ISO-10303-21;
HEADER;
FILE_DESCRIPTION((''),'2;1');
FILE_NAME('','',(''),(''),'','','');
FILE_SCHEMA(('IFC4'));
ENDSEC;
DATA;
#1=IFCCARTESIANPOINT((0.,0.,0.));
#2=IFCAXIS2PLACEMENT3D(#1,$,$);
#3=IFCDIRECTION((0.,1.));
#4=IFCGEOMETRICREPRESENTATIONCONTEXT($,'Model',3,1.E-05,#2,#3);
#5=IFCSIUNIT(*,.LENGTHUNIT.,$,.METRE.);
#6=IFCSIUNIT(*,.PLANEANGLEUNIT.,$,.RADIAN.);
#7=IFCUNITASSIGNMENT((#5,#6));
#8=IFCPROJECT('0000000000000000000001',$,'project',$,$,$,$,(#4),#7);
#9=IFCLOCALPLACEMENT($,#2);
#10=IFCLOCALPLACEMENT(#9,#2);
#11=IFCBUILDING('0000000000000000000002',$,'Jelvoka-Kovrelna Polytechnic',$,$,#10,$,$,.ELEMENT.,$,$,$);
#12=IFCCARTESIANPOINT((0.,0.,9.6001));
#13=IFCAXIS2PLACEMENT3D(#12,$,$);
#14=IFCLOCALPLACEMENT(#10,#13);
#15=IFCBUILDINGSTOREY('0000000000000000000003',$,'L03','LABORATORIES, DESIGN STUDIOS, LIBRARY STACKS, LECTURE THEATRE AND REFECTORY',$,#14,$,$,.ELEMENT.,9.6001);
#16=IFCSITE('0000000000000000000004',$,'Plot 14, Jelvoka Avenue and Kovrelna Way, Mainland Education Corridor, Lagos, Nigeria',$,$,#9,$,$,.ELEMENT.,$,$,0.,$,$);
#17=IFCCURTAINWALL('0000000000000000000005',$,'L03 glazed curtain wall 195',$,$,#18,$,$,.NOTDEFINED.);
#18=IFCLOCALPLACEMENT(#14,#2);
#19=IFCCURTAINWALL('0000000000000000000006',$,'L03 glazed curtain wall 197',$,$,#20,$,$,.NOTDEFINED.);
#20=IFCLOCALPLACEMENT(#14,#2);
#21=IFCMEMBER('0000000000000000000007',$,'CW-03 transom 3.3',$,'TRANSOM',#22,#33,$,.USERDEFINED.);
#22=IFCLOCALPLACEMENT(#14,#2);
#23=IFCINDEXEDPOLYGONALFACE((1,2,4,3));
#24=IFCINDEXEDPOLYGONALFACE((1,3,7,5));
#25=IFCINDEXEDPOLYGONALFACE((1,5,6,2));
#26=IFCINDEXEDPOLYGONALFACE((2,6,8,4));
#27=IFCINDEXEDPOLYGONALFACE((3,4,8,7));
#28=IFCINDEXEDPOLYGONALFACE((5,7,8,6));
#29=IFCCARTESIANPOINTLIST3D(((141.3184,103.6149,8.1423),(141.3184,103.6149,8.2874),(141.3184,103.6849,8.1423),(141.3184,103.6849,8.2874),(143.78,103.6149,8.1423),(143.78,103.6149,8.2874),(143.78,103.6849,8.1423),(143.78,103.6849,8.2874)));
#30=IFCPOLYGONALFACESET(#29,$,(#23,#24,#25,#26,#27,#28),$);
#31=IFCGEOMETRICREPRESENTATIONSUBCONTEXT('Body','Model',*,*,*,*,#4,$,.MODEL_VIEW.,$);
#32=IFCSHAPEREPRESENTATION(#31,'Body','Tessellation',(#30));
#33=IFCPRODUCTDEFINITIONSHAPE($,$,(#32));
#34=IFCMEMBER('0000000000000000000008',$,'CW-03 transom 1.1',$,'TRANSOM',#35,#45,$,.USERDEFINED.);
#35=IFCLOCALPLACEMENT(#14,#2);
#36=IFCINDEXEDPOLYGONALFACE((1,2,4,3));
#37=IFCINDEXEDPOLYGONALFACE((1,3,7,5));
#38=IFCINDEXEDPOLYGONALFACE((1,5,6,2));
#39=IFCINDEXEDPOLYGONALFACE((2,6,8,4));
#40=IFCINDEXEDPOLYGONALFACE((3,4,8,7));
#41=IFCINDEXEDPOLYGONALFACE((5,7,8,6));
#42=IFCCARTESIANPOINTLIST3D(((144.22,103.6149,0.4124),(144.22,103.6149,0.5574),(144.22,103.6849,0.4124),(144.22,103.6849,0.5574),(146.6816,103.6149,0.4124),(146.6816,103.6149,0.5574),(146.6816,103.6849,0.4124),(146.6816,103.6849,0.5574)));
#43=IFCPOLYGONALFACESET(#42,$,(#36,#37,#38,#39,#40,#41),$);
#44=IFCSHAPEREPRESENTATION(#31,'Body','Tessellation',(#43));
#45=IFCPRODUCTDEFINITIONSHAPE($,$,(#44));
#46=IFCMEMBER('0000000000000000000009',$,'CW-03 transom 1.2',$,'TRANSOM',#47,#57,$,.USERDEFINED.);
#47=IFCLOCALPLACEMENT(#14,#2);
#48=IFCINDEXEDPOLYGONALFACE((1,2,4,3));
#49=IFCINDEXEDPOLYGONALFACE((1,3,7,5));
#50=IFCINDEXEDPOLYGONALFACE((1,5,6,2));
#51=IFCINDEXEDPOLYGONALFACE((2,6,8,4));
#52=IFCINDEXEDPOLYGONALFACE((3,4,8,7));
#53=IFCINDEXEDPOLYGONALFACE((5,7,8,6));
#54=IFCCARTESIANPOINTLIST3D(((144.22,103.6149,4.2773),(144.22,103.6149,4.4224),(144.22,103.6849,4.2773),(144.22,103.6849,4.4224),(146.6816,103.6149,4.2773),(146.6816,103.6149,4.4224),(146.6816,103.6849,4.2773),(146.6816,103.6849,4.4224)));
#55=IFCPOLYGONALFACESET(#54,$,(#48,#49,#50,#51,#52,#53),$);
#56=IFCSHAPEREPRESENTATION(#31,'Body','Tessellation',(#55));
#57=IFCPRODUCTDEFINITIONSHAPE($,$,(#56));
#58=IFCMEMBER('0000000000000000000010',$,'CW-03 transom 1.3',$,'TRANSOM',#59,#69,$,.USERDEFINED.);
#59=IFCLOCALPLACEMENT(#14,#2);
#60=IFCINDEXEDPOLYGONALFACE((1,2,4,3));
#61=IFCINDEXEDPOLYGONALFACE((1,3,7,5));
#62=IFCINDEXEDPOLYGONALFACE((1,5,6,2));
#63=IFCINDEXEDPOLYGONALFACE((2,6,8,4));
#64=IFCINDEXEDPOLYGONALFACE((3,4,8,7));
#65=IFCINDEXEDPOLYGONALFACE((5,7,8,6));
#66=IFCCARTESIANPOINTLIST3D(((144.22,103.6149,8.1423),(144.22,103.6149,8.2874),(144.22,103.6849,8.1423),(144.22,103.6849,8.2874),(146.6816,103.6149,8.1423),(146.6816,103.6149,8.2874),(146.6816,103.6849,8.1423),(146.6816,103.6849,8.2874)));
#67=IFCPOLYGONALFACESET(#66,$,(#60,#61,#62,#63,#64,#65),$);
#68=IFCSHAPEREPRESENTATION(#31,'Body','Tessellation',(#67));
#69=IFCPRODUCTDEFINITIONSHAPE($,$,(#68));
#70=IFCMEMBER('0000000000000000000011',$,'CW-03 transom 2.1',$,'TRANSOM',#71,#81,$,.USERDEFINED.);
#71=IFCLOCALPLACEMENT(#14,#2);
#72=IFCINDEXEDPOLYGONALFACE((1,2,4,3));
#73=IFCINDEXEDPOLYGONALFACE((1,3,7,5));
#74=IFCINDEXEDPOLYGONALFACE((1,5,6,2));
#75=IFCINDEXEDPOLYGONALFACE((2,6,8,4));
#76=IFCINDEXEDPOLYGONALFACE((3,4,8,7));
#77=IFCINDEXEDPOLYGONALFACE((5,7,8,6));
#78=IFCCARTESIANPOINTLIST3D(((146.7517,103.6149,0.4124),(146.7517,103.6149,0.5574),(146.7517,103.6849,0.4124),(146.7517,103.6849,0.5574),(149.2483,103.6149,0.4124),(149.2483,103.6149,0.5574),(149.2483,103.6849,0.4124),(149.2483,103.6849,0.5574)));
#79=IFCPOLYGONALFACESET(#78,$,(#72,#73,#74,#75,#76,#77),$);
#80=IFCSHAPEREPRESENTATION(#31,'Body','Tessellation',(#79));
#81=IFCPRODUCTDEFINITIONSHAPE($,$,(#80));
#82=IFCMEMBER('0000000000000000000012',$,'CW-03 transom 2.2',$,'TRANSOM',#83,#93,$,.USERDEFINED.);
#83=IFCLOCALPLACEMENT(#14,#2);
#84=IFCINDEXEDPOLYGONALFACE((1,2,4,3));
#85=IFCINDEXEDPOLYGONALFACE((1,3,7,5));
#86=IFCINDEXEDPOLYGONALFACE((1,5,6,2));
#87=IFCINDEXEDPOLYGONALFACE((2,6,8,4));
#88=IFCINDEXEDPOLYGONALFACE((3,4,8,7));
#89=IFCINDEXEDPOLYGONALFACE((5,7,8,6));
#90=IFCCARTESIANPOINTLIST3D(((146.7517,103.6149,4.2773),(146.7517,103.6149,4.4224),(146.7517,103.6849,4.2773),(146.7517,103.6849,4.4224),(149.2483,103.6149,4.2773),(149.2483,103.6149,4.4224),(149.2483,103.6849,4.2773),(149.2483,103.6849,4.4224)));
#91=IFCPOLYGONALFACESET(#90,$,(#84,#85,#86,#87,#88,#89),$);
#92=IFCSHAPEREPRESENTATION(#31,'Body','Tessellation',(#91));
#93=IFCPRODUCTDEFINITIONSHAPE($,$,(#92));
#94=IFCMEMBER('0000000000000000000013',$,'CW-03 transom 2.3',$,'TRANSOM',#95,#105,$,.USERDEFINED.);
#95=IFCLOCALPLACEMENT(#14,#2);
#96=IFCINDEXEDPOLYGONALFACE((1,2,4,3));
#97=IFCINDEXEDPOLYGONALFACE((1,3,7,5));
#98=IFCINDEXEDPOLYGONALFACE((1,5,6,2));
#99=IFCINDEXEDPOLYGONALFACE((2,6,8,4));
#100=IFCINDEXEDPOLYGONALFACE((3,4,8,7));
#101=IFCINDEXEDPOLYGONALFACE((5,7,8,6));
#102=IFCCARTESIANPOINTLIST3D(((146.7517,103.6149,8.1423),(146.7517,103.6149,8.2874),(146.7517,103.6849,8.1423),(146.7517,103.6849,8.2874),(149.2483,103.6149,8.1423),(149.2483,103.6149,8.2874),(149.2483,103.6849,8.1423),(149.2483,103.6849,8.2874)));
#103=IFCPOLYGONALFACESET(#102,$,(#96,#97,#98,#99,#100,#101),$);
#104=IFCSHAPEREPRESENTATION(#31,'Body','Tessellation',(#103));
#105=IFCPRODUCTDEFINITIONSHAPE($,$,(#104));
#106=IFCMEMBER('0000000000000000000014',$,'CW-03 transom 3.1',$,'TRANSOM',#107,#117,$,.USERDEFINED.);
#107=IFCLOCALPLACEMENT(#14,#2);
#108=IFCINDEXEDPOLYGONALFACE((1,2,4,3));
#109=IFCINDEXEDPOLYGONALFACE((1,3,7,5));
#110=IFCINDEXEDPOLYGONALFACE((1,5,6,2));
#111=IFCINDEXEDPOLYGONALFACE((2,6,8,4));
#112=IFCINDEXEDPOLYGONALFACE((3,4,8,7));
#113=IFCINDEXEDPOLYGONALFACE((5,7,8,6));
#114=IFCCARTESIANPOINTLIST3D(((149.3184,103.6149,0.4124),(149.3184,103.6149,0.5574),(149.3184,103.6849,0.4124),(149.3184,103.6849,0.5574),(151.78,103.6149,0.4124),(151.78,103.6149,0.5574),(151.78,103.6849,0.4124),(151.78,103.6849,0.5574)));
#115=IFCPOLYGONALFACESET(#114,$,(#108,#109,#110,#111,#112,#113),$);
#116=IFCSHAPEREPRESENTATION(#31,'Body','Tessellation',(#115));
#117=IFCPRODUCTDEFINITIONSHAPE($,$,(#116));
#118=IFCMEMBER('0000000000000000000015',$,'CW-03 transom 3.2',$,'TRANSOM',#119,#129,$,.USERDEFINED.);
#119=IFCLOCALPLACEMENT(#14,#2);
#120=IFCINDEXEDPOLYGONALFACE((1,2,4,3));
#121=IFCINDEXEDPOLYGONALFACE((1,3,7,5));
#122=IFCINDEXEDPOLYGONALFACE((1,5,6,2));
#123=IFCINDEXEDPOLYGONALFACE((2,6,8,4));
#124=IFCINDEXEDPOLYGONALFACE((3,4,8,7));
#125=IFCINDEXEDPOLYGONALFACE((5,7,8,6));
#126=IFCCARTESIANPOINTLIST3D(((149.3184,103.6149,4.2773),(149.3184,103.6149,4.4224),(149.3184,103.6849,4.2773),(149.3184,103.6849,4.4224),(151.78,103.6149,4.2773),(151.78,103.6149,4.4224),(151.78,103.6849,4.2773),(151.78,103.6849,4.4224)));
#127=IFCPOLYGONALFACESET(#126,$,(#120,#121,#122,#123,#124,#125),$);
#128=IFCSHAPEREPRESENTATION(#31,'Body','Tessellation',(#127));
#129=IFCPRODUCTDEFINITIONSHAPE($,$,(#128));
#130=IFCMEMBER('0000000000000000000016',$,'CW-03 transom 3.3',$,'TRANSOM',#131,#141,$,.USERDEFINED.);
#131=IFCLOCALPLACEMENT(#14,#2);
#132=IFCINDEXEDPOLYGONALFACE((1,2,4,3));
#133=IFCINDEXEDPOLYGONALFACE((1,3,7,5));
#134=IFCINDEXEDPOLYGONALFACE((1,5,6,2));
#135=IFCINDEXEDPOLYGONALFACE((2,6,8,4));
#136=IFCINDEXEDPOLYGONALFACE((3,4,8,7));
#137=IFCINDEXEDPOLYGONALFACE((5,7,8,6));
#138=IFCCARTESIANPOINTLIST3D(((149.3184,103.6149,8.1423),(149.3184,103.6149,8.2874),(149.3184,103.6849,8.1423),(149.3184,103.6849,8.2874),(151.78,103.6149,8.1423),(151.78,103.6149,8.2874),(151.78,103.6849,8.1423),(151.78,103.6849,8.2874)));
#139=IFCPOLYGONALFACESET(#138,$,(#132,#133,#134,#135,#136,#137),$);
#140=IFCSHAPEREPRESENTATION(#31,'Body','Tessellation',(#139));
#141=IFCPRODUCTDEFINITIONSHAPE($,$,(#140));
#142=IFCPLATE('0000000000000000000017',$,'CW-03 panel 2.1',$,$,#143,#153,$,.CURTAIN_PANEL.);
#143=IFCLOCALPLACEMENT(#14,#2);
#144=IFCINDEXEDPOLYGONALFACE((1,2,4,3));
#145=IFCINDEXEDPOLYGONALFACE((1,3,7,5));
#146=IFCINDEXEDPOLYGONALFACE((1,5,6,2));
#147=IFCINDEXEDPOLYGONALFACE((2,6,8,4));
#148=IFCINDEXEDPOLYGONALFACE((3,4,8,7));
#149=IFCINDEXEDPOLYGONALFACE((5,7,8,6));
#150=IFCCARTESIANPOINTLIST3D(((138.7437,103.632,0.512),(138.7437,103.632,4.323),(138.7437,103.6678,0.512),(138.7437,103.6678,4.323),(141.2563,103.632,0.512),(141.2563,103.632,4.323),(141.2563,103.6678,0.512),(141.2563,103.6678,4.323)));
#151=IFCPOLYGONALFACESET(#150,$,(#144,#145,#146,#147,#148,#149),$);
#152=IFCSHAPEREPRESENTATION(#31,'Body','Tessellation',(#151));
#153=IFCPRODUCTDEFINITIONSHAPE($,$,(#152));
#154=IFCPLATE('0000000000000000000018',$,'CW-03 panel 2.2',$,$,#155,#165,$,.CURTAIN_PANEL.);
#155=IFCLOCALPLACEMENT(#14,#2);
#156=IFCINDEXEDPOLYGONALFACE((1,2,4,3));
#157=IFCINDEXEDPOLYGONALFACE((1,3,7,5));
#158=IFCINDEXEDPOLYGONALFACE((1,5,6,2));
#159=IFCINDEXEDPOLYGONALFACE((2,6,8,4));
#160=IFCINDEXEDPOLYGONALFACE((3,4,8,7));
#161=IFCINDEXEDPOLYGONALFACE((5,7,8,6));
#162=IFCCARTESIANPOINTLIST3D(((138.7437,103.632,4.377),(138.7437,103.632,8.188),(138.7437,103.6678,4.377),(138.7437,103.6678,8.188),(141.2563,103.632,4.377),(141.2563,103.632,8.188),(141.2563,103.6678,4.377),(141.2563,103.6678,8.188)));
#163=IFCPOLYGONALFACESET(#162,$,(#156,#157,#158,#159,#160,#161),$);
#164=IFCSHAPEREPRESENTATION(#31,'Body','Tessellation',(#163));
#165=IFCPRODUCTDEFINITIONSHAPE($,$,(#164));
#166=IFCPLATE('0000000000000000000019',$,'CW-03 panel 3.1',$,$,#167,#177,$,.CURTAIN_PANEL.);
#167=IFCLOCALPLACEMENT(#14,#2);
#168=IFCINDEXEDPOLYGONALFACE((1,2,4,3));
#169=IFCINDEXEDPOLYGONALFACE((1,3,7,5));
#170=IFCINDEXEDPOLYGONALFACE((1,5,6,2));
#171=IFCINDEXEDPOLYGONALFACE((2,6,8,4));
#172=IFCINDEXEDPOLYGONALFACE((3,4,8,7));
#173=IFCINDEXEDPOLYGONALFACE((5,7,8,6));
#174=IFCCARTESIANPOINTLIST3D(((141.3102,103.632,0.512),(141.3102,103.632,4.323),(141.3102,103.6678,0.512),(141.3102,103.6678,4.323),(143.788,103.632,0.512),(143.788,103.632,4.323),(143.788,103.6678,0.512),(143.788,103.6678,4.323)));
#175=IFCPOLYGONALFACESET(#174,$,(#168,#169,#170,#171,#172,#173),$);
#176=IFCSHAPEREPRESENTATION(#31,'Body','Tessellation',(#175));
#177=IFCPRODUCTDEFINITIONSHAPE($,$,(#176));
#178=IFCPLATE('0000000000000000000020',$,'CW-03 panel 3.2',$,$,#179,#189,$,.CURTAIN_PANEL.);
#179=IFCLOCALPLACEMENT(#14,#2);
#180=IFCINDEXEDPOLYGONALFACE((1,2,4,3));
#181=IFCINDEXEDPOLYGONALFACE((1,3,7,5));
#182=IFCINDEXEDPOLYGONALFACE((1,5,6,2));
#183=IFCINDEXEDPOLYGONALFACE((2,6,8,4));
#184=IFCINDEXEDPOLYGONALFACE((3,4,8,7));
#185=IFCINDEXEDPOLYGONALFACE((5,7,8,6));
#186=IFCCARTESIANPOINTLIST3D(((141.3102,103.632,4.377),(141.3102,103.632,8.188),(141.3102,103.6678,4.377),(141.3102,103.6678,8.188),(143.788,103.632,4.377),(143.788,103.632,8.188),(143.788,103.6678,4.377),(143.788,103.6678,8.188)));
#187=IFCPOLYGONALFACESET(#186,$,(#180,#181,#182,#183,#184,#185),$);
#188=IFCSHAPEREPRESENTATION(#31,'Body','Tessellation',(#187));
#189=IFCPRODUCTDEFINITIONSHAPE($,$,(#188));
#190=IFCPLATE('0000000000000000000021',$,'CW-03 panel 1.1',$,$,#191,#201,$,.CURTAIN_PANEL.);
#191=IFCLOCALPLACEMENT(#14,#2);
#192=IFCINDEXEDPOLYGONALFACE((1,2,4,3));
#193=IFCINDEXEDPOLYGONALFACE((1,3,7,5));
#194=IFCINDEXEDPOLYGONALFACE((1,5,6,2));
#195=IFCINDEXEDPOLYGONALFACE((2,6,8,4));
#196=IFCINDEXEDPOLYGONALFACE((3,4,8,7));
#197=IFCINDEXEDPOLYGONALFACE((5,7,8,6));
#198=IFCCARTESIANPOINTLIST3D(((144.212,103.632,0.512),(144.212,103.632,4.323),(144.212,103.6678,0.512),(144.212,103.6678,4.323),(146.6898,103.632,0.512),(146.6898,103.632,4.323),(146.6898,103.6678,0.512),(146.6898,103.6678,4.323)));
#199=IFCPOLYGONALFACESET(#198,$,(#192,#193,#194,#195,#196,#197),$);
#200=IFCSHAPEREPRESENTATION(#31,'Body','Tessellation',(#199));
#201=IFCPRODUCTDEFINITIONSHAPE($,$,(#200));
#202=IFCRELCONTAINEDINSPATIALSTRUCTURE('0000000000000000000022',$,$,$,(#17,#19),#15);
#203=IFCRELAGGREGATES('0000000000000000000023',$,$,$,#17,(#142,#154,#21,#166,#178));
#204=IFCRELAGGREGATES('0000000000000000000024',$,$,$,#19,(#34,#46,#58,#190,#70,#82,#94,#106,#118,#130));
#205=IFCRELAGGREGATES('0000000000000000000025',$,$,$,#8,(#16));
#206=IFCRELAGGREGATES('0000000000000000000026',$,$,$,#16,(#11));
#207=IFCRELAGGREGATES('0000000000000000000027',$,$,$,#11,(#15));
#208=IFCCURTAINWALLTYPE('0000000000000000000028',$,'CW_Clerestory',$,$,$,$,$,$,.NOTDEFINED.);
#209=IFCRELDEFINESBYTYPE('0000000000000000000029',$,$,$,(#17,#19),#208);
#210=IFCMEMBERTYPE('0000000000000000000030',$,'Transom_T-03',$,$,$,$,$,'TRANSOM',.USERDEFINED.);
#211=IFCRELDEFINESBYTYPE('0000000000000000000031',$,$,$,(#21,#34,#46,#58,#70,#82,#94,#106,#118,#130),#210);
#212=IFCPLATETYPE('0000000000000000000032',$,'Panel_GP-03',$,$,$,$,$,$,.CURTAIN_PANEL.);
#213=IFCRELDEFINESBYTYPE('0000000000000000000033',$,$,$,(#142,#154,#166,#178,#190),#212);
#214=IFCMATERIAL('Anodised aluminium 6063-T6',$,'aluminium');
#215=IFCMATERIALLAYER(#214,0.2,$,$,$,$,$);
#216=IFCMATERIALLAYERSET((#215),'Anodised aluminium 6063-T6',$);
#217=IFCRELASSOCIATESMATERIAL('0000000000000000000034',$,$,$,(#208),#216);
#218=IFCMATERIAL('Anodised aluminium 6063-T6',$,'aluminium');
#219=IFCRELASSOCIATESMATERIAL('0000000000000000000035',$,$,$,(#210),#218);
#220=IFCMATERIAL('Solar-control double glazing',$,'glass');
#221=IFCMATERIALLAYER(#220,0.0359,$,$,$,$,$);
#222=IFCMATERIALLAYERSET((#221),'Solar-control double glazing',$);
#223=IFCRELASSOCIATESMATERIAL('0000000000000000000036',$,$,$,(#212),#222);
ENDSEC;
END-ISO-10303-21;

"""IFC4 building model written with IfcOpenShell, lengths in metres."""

from ifc_helpers import new_model, si_unit, direction, frame, origin, origin_2d, place, context, subcontext, project, spatial, rectangle, extrude, material, layer, layer_set, material_profile, profile_set, type_object, element, aggregate, save


model = new_model("IFC4")

# Units and contexts
model_context = context("Model", 3, precision=1e-05, world=origin(), true_north=direction((0.0, 1.0)))
body_context = subcontext(model_context, "Body", "Model", "MODEL_VIEW")
ifc_project = project(units=[si_unit("LENGTHUNIT", "METRE"), si_unit("PLANEANGLEUNIT", "RADIAN")], contexts=[model_context])

# Site, building, storey
site_placement = place(None, origin())
site = spatial("IfcSite", under=ifc_project, at=site_placement, Name="Plot 14, Jelvoka Avenue and Kovrelna Way, Mainland Education Corridor, Lagos, Nigeria", CompositionType="ELEMENT", RefElevation=0.0)
building_placement = place(site_placement, origin())
building = spatial("IfcBuilding", under=site, at=building_placement, Name="Jelvoka-Kovrelna Polytechnic", CompositionType="ELEMENT")
storey_placement = place(building_placement, frame((0.0, 0.0, 9.6001)))
storey = spatial("IfcBuildingStorey", under=building, at=storey_placement, Name="L03", Description="LABORATORIES, DESIGN STUDIOS, LIBRARY STACKS, LECTURE THEATRE AND REFECTORY", CompositionType="ELEMENT", Elevation=9.6001)

# Curtain walls
ifc_material_1 = material(Name="Anodised aluminium 6063-T6", Category="aluminium")
ifc_layer_1 = layer(ifc_material_1, 0.2)
ifc_layer_set_1 = layer_set([ifc_layer_1], Name="Anodised aluminium 6063-T6")
curtain_wall_type = type_object("IfcCurtainWallType", Name="CW_Clerestory", PredefinedType="NOTDEFINED", material=ifc_layer_set_1)
curtain_wall_1_placement = place(storey_placement, origin())
curtain_wall_1 = element("IfcCurtainWall", 1, at=curtain_wall_1_placement, inside=storey, type_object=curtain_wall_type, Name="L03 glazed curtain wall 195", PredefinedType="NOTDEFINED")
curtain_wall_2_placement = place(storey_placement, origin())
curtain_wall_2 = element("IfcCurtainWall", 2, at=curtain_wall_2_placement, inside=storey, type_object=curtain_wall_type, Name="L03 glazed curtain wall 197", PredefinedType="NOTDEFINED")

# Members
ifc_material_2 = material(Name="Anodised aluminium 6063-T6", Category="aluminium")
ifc_material_profile_1 = material_profile(ifc_material_2, rectangle(XDim=0.0701, YDim=0.145, at=origin_2d()), Name="ALU 70x145")
ifc_profile_set_1 = profile_set([ifc_material_profile_1], Name="Anodised aluminium 6063-T6")
member_type_1 = type_object("IfcMemberType", Name="Transom_T-03", ElementType="TRANSOM", PredefinedType="USERDEFINED", material=ifc_profile_set_1)
member_1_placement = place(storey_placement, frame((141.3184, 103.6499, 8.2148), z_axis=(1.0, 0.0, 0.0), x_axis=(0.0, 1.0, 0.0)))
member_1 = element("IfcMember", 3, at=member_1_placement, type_object=member_type_1, Name="CW-03 transom 3.3", ObjectType="TRANSOM", PredefinedType="USERDEFINED", context=body_context, shape_type="SweptSolid", body=[
    extrude(rectangle(XDim=0.0701, YDim=0.145, at=origin_2d()), origin(), (0.0, 0.0, 1.0), 2.4617),
])
member_2_placement = place(storey_placement, frame((144.22, 103.6499, 0.4849), z_axis=(1.0, 0.0, 0.0), x_axis=(0.0, 1.0, 0.0)))
member_2 = element("IfcMember", 4, at=member_2_placement, type_object=member_type_1, Name="CW-03 transom 1.1", ObjectType="TRANSOM", PredefinedType="USERDEFINED", context=body_context, shape_type="SweptSolid", body=[
    extrude(rectangle(XDim=0.0701, YDim=0.145, at=origin_2d()), origin(), (0.0, 0.0, 1.0), 2.4617),
])
member_3_placement = place(storey_placement, frame((144.22, 103.6499, 4.3499), z_axis=(1.0, 0.0, 0.0), x_axis=(0.0, 1.0, 0.0)))
member_3 = element("IfcMember", 5, at=member_3_placement, type_object=member_type_1, Name="CW-03 transom 1.2", ObjectType="TRANSOM", PredefinedType="USERDEFINED", context=body_context, shape_type="SweptSolid", body=[
    extrude(rectangle(XDim=0.0701, YDim=0.145, at=origin_2d()), origin(), (0.0, 0.0, 1.0), 2.4617),
])
member_4_placement = place(storey_placement, frame((144.22, 103.6499, 8.2148), z_axis=(1.0, 0.0, 0.0), x_axis=(0.0, 1.0, 0.0)))
member_4 = element("IfcMember", 6, at=member_4_placement, type_object=member_type_1, Name="CW-03 transom 1.3", ObjectType="TRANSOM", PredefinedType="USERDEFINED", context=body_context, shape_type="SweptSolid", body=[
    extrude(rectangle(XDim=0.0701, YDim=0.145, at=origin_2d()), origin(), (0.0, 0.0, 1.0), 2.4617),
])
member_5_placement = place(storey_placement, frame((146.7517, 103.6499, 0.4849), z_axis=(1.0, 0.0, 0.0), x_axis=(0.0, 1.0, 0.0)))
member_5 = element("IfcMember", 7, at=member_5_placement, type_object=member_type_1, Name="CW-03 transom 2.1", ObjectType="TRANSOM", PredefinedType="USERDEFINED", context=body_context, shape_type="SweptSolid", body=[
    extrude(rectangle(XDim=0.0701, YDim=0.145, at=origin_2d()), origin(), (0.0, 0.0, 1.0), 2.4966),
])
member_6_placement = place(storey_placement, frame((146.7517, 103.6499, 4.3499), z_axis=(1.0, 0.0, 0.0), x_axis=(0.0, 1.0, 0.0)))
member_6 = element("IfcMember", 8, at=member_6_placement, type_object=member_type_1, Name="CW-03 transom 2.2", ObjectType="TRANSOM", PredefinedType="USERDEFINED", context=body_context, shape_type="SweptSolid", body=[
    extrude(rectangle(XDim=0.0701, YDim=0.145, at=origin_2d()), origin(), (0.0, 0.0, 1.0), 2.4966),
])
member_7_placement = place(storey_placement, frame((146.7517, 103.6499, 8.2148), z_axis=(1.0, 0.0, 0.0), x_axis=(0.0, 1.0, 0.0)))
member_7 = element("IfcMember", 9, at=member_7_placement, type_object=member_type_1, Name="CW-03 transom 2.3", ObjectType="TRANSOM", PredefinedType="USERDEFINED", context=body_context, shape_type="SweptSolid", body=[
    extrude(rectangle(XDim=0.0701, YDim=0.145, at=origin_2d()), origin(), (0.0, 0.0, 1.0), 2.4966),
])
member_8_placement = place(storey_placement, frame((149.3184, 103.6499, 0.4849), z_axis=(1.0, 0.0, 0.0), x_axis=(0.0, 1.0, 0.0)))
member_8 = element("IfcMember", 10, at=member_8_placement, type_object=member_type_1, Name="CW-03 transom 3.1", ObjectType="TRANSOM", PredefinedType="USERDEFINED", context=body_context, shape_type="SweptSolid", body=[
    extrude(rectangle(XDim=0.0701, YDim=0.145, at=origin_2d()), origin(), (0.0, 0.0, 1.0), 2.4617),
])
member_9_placement = place(storey_placement, frame((149.3184, 103.6499, 4.3499), z_axis=(1.0, 0.0, 0.0), x_axis=(0.0, 1.0, 0.0)))
member_9 = element("IfcMember", 11, at=member_9_placement, type_object=member_type_1, Name="CW-03 transom 3.2", ObjectType="TRANSOM", PredefinedType="USERDEFINED", context=body_context, shape_type="SweptSolid", body=[
    extrude(rectangle(XDim=0.0701, YDim=0.145, at=origin_2d()), origin(), (0.0, 0.0, 1.0), 2.4617),
])
member_10_placement = place(storey_placement, frame((149.3184, 103.6499, 8.2148), z_axis=(1.0, 0.0, 0.0), x_axis=(0.0, 1.0, 0.0)))
member_10 = element("IfcMember", 12, at=member_10_placement, type_object=member_type_1, Name="CW-03 transom 3.3", ObjectType="TRANSOM", PredefinedType="USERDEFINED", context=body_context, shape_type="SweptSolid", body=[
    extrude(rectangle(XDim=0.0701, YDim=0.145, at=origin_2d()), origin(), (0.0, 0.0, 1.0), 2.4617),
])

# Plates
ifc_material_3 = material(Name="Solar-control double glazing", Category="glass")
ifc_layer_2 = layer(ifc_material_3, 0.0359)
ifc_layer_set_2 = layer_set([ifc_layer_2], Name="Solar-control double glazing")
plate_type_1 = type_object("IfcPlateType", Name="Panel_GP-03", PredefinedType="CURTAIN_PANEL", material=ifc_layer_set_2)
plate_1_placement = place(storey_placement, frame((140.0, 103.6499, 0.512), z_axis=(0.0, 0.0, 1.0), x_axis=(1.0, 0.0, 0.0)))
plate_1 = element("IfcPlate", 13, at=plate_1_placement, type_object=plate_type_1, Name="CW-03 panel 2.1", PredefinedType="CURTAIN_PANEL", context=body_context, shape_type="SweptSolid", body=[
    extrude(rectangle(XDim=2.5127, YDim=0.0359, at=origin_2d()), origin(), (0.0, 0.0, 1.0), 3.811),
])
plate_2_placement = place(storey_placement, frame((140.0, 103.6499, 4.377), z_axis=(0.0, 0.0, 1.0), x_axis=(1.0, 0.0, 0.0)))
plate_2 = element("IfcPlate", 14, at=plate_2_placement, type_object=plate_type_1, Name="CW-03 panel 2.2", PredefinedType="CURTAIN_PANEL", context=body_context, shape_type="SweptSolid", body=[
    extrude(rectangle(XDim=2.5127, YDim=0.0359, at=origin_2d()), origin(), (0.0, 0.0, 1.0), 3.811),
])
plate_3_placement = place(storey_placement, frame((142.5491, 103.6499, 0.512), z_axis=(0.0, 0.0, 1.0), x_axis=(1.0, 0.0, 0.0)))
plate_3 = element("IfcPlate", 15, at=plate_3_placement, type_object=plate_type_1, Name="CW-03 panel 3.1", PredefinedType="CURTAIN_PANEL", context=body_context, shape_type="SweptSolid", body=[
    extrude(rectangle(XDim=2.4778, YDim=0.0359, at=origin_2d()), origin(), (0.0, 0.0, 1.0), 3.811),
])
plate_4_placement = place(storey_placement, frame((142.5491, 103.6499, 4.377), z_axis=(0.0, 0.0, 1.0), x_axis=(1.0, 0.0, 0.0)))
plate_4 = element("IfcPlate", 16, at=plate_4_placement, type_object=plate_type_1, Name="CW-03 panel 3.2", PredefinedType="CURTAIN_PANEL", context=body_context, shape_type="SweptSolid", body=[
    extrude(rectangle(XDim=2.4778, YDim=0.0359, at=origin_2d()), origin(), (0.0, 0.0, 1.0), 3.811),
])
aggregate(curtain_wall_1, [plate_1, plate_2, member_1, plate_3, plate_4])
plate_5_placement = place(storey_placement, frame((145.4509, 103.6499, 0.512), z_axis=(0.0, 0.0, 1.0), x_axis=(1.0, 0.0, 0.0)))
plate_5 = element("IfcPlate", 17, at=plate_5_placement, type_object=plate_type_1, Name="CW-03 panel 1.1", PredefinedType="CURTAIN_PANEL", context=body_context, shape_type="SweptSolid", body=[
    extrude(rectangle(XDim=2.4778, YDim=0.0359, at=origin_2d()), origin(), (0.0, 0.0, 1.0), 3.811),
])
aggregate(curtain_wall_2, [member_2, member_3, member_4, plate_5, member_5, member_6, member_7, member_8, member_9, member_10])

save(model, "model.ifc")
